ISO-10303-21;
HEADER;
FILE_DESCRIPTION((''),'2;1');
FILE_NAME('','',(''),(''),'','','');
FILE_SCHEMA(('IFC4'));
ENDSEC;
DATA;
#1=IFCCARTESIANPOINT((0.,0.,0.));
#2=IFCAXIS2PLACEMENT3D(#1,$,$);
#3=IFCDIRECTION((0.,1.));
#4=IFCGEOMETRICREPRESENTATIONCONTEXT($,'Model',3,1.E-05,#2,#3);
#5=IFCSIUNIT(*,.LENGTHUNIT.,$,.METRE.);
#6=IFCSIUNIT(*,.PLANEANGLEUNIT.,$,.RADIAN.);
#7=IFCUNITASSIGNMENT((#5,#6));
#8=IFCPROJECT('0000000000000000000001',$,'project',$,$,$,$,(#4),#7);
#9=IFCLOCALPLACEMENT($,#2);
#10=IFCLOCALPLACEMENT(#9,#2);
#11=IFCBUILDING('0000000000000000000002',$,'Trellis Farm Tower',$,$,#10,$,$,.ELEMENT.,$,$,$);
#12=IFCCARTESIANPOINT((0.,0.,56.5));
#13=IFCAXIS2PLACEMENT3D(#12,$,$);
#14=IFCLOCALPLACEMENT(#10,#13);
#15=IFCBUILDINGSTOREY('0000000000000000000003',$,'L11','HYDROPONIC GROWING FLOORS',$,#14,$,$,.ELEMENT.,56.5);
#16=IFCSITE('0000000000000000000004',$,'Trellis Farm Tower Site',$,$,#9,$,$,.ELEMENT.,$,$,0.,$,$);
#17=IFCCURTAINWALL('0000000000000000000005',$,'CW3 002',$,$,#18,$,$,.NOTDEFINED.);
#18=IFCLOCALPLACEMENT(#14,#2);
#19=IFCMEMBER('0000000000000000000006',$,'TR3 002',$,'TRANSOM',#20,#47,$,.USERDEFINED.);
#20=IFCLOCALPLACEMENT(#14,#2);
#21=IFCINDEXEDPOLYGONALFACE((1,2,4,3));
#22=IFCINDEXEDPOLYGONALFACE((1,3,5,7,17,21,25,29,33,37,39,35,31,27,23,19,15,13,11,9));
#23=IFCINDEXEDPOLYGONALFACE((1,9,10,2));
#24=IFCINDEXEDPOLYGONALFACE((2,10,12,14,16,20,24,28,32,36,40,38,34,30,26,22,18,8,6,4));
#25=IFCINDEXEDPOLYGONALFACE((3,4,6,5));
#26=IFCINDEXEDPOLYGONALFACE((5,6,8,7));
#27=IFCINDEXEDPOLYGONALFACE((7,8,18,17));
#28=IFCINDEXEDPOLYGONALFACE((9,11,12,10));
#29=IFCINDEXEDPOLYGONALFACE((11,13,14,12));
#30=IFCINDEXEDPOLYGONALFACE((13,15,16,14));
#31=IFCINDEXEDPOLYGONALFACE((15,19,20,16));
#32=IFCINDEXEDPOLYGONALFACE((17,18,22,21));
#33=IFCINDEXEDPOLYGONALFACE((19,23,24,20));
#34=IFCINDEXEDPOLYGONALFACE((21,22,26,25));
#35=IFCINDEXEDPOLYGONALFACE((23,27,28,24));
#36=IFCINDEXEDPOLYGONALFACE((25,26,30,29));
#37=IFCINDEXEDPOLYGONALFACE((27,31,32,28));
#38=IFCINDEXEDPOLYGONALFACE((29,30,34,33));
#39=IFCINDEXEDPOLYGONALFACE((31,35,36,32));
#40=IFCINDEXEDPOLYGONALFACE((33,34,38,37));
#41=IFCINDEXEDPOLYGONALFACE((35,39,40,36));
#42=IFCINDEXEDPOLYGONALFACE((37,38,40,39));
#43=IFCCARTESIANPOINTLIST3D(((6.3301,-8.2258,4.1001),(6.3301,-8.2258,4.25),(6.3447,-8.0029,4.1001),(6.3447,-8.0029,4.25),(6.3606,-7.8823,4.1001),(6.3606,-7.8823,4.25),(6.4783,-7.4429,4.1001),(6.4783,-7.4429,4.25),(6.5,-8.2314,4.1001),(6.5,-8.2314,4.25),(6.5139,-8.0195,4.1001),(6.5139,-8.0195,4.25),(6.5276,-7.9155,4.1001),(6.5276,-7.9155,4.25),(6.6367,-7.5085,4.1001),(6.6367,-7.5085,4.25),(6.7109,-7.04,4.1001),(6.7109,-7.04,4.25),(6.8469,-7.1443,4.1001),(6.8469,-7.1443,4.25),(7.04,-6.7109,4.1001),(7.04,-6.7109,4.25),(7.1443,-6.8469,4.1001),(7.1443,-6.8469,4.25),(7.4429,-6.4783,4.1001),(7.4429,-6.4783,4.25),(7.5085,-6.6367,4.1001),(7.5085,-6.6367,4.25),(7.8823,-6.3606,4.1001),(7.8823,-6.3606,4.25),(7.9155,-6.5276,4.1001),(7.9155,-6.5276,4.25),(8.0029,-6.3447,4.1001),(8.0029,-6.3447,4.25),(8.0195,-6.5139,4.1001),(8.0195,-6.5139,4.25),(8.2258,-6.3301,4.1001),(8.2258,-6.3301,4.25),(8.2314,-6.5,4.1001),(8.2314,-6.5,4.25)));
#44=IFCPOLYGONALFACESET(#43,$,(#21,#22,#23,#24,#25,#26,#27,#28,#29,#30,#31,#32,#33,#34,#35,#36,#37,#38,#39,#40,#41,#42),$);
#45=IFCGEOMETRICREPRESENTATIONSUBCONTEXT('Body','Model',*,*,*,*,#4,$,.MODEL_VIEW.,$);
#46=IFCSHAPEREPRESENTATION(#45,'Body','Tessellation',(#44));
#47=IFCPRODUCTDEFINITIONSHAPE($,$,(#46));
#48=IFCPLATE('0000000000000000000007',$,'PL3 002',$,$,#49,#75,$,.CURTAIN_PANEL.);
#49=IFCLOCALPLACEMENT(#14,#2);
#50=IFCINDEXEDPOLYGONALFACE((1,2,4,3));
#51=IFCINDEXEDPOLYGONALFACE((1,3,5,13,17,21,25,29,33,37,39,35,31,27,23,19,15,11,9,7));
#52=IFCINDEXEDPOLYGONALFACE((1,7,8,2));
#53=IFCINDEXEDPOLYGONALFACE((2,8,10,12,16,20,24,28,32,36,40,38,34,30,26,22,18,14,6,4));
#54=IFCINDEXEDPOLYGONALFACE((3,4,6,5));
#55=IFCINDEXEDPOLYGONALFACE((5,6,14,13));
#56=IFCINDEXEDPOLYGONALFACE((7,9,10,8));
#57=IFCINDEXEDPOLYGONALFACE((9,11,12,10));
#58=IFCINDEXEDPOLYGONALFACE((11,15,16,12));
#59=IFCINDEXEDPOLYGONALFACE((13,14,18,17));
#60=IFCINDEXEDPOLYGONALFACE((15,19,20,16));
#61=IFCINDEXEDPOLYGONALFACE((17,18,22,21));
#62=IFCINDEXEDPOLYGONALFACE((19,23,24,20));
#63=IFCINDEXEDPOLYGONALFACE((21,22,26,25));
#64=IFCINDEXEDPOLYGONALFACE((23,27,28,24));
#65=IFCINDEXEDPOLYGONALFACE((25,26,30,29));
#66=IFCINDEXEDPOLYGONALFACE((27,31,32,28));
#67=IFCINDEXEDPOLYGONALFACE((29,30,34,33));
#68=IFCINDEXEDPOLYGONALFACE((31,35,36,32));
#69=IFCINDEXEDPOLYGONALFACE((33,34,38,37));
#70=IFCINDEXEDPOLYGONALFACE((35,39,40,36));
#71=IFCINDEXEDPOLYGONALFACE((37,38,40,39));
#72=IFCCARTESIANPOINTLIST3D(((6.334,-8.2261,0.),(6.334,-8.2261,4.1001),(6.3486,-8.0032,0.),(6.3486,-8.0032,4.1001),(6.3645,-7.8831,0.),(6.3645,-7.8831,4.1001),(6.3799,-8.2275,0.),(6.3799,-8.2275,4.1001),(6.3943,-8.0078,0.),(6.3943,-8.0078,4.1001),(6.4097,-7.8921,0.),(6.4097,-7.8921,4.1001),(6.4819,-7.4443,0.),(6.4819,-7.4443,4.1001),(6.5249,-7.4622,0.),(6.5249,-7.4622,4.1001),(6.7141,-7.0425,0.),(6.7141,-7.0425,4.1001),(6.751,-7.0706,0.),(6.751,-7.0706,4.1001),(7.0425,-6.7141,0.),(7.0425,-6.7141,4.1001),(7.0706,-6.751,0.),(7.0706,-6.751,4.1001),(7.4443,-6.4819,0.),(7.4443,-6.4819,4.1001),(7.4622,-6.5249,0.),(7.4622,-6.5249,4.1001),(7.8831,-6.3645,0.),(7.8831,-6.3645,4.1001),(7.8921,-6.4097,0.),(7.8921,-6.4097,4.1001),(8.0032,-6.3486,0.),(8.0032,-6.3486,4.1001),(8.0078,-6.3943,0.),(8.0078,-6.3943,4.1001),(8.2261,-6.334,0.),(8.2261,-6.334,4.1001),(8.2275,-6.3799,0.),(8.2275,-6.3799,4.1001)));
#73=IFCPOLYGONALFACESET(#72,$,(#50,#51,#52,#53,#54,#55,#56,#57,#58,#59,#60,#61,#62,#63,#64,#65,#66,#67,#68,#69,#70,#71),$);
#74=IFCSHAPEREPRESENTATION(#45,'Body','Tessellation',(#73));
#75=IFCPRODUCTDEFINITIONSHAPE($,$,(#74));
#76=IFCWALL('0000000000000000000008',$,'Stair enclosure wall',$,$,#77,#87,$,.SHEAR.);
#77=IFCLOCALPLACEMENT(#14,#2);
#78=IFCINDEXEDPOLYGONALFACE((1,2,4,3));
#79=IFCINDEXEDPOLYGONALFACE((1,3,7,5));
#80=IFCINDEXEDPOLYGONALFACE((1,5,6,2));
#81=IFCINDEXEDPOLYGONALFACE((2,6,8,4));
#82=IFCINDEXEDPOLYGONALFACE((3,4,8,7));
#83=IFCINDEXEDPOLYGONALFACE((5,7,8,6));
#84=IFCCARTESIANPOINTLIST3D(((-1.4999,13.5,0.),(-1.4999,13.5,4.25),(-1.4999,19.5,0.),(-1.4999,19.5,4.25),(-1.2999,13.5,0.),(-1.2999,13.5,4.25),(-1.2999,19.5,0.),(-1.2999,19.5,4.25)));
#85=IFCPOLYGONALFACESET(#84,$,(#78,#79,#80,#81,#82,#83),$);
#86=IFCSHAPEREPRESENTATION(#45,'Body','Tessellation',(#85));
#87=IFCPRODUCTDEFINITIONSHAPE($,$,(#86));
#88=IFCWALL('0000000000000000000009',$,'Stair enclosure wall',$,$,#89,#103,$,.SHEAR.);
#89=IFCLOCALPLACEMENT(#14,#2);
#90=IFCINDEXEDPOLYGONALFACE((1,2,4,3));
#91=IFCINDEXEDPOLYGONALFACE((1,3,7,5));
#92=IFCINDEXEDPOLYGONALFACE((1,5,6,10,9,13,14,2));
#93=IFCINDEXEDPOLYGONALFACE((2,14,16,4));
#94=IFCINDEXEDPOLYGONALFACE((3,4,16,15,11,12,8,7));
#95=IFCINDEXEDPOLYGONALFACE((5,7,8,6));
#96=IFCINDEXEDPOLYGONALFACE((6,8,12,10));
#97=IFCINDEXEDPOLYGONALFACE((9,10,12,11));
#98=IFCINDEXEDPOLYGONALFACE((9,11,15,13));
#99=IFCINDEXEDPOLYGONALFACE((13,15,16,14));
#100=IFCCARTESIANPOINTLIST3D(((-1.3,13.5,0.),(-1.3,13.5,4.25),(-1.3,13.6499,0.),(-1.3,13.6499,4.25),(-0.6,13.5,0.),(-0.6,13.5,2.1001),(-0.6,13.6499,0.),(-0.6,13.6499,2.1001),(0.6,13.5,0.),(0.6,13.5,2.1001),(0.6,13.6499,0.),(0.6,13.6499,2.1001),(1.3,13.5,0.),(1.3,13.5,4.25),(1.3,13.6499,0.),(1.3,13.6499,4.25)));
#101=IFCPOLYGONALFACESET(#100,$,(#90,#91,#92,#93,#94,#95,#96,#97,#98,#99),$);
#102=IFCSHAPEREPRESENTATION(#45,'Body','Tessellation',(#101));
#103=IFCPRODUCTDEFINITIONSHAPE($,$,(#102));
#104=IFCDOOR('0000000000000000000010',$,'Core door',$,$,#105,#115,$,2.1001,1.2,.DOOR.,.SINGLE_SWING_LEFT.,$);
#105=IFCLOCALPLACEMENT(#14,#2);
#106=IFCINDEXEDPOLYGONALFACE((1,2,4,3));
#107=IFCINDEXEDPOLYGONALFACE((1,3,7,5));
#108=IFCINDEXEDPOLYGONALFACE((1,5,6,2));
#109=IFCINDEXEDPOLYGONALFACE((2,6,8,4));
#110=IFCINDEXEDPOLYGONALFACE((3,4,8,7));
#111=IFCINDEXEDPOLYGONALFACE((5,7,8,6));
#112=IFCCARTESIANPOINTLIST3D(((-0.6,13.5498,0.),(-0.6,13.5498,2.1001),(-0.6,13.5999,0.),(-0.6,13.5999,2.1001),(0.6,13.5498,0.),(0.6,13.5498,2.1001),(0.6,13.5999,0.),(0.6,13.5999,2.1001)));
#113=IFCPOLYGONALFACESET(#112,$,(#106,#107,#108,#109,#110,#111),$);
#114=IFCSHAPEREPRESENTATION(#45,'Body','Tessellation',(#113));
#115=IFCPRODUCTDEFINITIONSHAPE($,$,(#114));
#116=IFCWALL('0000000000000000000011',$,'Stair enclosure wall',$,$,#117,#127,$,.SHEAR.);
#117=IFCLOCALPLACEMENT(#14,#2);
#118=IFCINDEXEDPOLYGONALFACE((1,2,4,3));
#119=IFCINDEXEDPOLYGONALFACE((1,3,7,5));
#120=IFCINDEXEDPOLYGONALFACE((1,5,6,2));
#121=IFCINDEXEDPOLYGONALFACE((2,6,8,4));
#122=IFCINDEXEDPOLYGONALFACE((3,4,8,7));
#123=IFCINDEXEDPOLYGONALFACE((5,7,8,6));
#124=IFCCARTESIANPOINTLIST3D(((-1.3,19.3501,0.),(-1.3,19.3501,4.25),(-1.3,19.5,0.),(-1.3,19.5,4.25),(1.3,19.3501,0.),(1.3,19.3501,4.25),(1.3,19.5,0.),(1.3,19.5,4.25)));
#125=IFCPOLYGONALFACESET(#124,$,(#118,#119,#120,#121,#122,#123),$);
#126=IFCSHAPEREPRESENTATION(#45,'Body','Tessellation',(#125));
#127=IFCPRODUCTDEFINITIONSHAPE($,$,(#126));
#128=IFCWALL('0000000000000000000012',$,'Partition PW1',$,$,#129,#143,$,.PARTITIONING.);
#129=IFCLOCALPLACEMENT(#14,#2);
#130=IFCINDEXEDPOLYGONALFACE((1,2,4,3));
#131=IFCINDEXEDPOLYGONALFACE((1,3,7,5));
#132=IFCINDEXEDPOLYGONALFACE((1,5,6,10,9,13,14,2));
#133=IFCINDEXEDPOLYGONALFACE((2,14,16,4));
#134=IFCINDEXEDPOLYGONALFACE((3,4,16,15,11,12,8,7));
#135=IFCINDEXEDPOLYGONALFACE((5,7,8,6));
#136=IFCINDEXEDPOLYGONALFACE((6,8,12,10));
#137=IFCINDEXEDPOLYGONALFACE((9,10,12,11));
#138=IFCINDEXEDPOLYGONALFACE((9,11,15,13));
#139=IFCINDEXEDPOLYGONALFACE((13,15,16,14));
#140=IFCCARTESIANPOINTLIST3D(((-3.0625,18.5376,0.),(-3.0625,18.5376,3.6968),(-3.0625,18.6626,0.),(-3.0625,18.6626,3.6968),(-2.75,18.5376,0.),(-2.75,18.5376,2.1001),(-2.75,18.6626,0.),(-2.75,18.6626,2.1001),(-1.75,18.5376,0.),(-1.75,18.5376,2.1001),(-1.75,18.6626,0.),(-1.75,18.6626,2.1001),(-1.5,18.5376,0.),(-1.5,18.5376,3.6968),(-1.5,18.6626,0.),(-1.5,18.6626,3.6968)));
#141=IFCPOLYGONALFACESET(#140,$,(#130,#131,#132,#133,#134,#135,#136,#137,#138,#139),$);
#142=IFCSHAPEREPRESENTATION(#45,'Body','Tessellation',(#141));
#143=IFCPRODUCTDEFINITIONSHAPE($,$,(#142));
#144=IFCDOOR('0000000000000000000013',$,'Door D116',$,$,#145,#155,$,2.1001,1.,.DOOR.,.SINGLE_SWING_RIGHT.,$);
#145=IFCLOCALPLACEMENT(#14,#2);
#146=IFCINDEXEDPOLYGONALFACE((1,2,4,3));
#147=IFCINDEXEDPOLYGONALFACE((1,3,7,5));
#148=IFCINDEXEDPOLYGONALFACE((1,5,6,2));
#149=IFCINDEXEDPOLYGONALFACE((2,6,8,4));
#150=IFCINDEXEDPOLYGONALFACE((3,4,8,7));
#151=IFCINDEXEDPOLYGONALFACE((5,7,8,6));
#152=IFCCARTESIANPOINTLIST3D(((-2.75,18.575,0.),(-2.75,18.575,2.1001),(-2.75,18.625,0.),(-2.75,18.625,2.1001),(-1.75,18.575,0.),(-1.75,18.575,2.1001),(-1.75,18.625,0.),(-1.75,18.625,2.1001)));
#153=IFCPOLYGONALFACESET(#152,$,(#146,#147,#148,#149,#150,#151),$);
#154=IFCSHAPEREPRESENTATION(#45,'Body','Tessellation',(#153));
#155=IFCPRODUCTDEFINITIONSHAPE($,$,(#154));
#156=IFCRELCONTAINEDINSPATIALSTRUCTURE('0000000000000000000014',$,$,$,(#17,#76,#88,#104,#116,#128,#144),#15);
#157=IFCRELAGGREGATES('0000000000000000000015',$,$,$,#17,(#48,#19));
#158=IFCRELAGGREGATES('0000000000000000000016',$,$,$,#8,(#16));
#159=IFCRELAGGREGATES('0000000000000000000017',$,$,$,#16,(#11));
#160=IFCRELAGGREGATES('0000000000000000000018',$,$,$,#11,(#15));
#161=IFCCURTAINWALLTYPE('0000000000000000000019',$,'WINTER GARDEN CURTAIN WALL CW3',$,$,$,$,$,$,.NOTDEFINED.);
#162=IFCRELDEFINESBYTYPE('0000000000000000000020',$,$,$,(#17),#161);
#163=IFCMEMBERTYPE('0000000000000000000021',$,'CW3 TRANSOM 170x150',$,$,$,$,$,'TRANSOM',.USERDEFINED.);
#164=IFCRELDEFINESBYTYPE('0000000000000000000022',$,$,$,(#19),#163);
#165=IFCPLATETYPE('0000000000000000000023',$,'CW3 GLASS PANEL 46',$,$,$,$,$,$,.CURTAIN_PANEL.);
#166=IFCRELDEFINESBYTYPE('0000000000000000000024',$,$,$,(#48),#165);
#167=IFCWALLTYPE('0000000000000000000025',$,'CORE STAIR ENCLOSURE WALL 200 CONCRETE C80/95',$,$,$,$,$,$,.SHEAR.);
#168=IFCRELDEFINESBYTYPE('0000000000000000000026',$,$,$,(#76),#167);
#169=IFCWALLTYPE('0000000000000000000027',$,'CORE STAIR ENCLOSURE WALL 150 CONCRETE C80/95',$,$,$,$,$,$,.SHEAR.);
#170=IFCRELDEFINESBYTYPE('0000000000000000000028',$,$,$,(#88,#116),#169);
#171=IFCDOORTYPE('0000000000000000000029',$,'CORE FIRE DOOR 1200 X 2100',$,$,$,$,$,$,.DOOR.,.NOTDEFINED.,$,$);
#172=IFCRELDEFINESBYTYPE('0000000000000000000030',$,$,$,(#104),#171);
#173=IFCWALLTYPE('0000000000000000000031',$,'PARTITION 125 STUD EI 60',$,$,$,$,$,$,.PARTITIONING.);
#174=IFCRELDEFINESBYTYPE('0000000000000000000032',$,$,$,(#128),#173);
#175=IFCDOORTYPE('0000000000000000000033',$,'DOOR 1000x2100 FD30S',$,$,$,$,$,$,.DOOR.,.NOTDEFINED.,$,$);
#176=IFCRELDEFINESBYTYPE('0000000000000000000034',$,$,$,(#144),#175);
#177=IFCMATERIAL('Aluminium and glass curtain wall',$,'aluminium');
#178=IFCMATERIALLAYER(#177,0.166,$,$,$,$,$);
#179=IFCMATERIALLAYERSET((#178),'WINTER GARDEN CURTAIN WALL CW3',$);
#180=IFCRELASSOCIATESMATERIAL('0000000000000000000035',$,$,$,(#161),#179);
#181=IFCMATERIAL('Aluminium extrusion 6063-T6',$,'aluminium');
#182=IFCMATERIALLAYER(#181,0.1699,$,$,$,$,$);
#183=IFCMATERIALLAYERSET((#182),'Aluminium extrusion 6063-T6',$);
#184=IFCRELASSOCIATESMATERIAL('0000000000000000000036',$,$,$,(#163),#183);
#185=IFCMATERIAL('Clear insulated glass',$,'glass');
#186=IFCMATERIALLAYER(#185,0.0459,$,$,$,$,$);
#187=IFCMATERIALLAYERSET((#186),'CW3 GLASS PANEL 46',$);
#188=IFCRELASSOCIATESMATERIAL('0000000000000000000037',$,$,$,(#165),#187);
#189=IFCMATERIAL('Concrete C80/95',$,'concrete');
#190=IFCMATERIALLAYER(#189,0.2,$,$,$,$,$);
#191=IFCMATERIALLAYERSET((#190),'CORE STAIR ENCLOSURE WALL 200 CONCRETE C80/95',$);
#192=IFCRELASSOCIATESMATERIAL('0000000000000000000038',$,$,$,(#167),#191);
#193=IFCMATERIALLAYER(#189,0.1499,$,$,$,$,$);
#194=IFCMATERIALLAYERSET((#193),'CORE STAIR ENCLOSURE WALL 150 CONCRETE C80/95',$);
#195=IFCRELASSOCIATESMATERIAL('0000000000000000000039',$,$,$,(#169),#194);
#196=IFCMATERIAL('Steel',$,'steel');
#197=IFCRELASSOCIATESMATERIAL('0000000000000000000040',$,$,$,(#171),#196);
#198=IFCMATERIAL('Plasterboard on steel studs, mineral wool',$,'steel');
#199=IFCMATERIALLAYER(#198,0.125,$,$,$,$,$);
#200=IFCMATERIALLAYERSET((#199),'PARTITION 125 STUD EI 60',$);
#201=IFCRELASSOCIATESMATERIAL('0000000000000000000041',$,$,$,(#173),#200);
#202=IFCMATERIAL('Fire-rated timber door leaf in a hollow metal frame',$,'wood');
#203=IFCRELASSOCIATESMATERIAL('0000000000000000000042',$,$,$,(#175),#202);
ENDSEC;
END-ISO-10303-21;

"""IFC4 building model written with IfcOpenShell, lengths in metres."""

from ifc_helpers import new_model, si_unit, direction, frame, frame_2d, origin, place, context, subcontext, project, spatial, polyline, rectangle, outline, extrude, source, transform, mapped, material, layer, layer_set, type_object, element, fill, aggregate, save


model = new_model("IFC4")

# Units and contexts
model_context = context("Model", 3, precision=1e-05, world=origin(), true_north=direction((0.0, 1.0)))
body_context = subcontext(model_context, "Body", "Model", "MODEL_VIEW")
ifc_project = project(units=[si_unit("LENGTHUNIT", "METRE"), si_unit("PLANEANGLEUNIT", "RADIAN")], contexts=[model_context])

# Site, building, storey
site_placement = place(None, origin())
site = spatial("IfcSite", under=ifc_project, at=site_placement, Name="Trellis Farm Tower Site", CompositionType="ELEMENT", RefElevation=0.0)
building_placement = place(site_placement, origin())
building = spatial("IfcBuilding", under=site, at=building_placement, Name="Trellis Farm Tower", CompositionType="ELEMENT")
storey_placement = place(building_placement, frame((0.0, 0.0, 56.5)))
storey = spatial("IfcBuildingStorey", under=building, at=storey_placement, Name="L11", Description="HYDROPONIC GROWING FLOORS", CompositionType="ELEMENT", Elevation=56.5)

# Shared definitions
ifc_material_1 = material(Name="Concrete C80/95", Category="concrete")

# Shared definitions
ifc_material_2 = material(Name="Aluminium and glass curtain wall", Category="aluminium")
placement = place(storey_placement, origin())
ifc_material_3 = material(Name="Aluminium extrusion 6063-T6", Category="aluminium")

# Curtain wall, member, plate
ifc_layer_1 = layer(ifc_material_2, 0.166)
ifc_layer_set_1 = layer_set([ifc_layer_1], Name="WINTER GARDEN CURTAIN WALL CW3")
curtain_wall_type_1 = type_object("IfcCurtainWallType", Name="WINTER GARDEN CURTAIN WALL CW3", PredefinedType="NOTDEFINED", material=ifc_layer_set_1)
curtain_wall_1 = element("IfcCurtainWall", 1, at=placement, inside=storey, type_object=curtain_wall_type_1, Name="CW3 002", PredefinedType="NOTDEFINED")
ifc_layer_2 = layer(ifc_material_3, 0.1699)
ifc_layer_set_2 = layer_set([ifc_layer_2], Name="Aluminium extrusion 6063-T6")
member_type_1 = type_object("IfcMemberType", Name="CW3 TRANSOM 170x150", ElementType="TRANSOM", PredefinedType="USERDEFINED", material=ifc_layer_set_2)
shared_shape_1 = source(origin(), body_context, "Body", "SweptSolid", [
    extrude(outline(polyline([(6.5, -8.2314), (6.5139, -8.0195), (6.5276, -7.9155), (6.6367, -7.5085), (6.8469, -7.1443), (7.1443, -6.8469), (7.5085, -6.6367), (7.9155, -6.5276), (8.0195, -6.5139), (8.2314, -6.5), (8.2258, -6.3301), (8.0029, -6.3447), (7.8823, -6.3606), (7.4429, -6.4783), (7.04, -6.7109), (6.7109, -7.04), (6.4783, -7.4429), (6.3606, -7.8823), (6.3447, -8.0029), (6.3301, -8.2258), (6.5, -8.2314)])), origin(), (0.0, 0.0, 1.0), 0.1499),
])
member_1_placement = place(storey_placement, frame((0.0, 0.0, 4.1001)))
member_1 = element("IfcMember", 2, at=member_1_placement, type_object=member_type_1, Name="TR3 002", ObjectType="TRANSOM", PredefinedType="USERDEFINED", context=body_context, shape_type="MappedRepresentation", body=[
    mapped(shared_shape_1, transform((0.0, 0.0, 0.0))),
])
ifc_material_4 = material(Name="Clear insulated glass", Category="glass")
ifc_layer_3 = layer(ifc_material_4, 0.0459)
ifc_layer_set_3 = layer_set([ifc_layer_3], Name="CW3 GLASS PANEL 46")
plate_type = type_object("IfcPlateType", Name="CW3 GLASS PANEL 46", PredefinedType="CURTAIN_PANEL", material=ifc_layer_set_3)
shared_shape_2 = source(origin(), body_context, "Body", "SweptSolid", [
    extrude(outline(polyline([(6.3799, -8.2275), (6.3943, -8.0078), (6.4097, -7.8921), (6.5249, -7.4622), (6.751, -7.0706), (7.0706, -6.751), (7.4622, -6.5249), (7.8921, -6.4097), (8.0078, -6.3943), (8.2275, -6.3799), (8.2261, -6.334), (8.0032, -6.3486), (7.8831, -6.3645), (7.4443, -6.4819), (7.0425, -6.7141), (6.7141, -7.0425), (6.4819, -7.4443), (6.3645, -7.8831), (6.3486, -8.0032), (6.334, -8.2261), (6.3799, -8.2275)])), origin(), (0.0, 0.0, 1.0), 4.1001),
])
plate = element("IfcPlate", 3, at=placement, type_object=plate_type, Name="PL3 002", PredefinedType="CURTAIN_PANEL", context=body_context, shape_type="MappedRepresentation", body=[
    mapped(shared_shape_2, transform((0.0, 0.0, 0.0))),
])
aggregate(curtain_wall_1, [plate, member_1])

# Wall
ifc_layer_4 = layer(ifc_material_1, 0.2)
ifc_layer_set_4 = layer_set([ifc_layer_4], Name="CORE STAIR ENCLOSURE WALL 200 CONCRETE C80/95")
wall_type_1 = type_object("IfcWallType", Name="CORE STAIR ENCLOSURE WALL 200 CONCRETE C80/95", PredefinedType="SHEAR", material=ifc_layer_set_4)
shared_shape_3 = source(origin(), body_context, "Body", "SweptSolid", [
    extrude(rectangle(XDim=6.0, YDim=0.2, at=frame_2d((3.0, 0.0))), origin(), (0.0, 0.0, 1.0), 4.25),
])
wall_1_placement = place(storey_placement, frame((-1.3999, 13.5, 0.0), z_axis=(0.0, 0.0, 1.0), x_axis=(0.0, 1.0, 0.0)))
element("IfcWall", 4, at=wall_1_placement, inside=storey, type_object=wall_type_1, Name="Stair enclosure wall", PredefinedType="SHEAR", context=body_context, shape_type="MappedRepresentation", body=[
    mapped(shared_shape_3, transform((0.0, 0.0, 0.0))),
])

# Wall, opening, door
ifc_layer_5 = layer(ifc_material_1, 0.1499)
ifc_layer_set_5 = layer_set([ifc_layer_5], Name="CORE STAIR ENCLOSURE WALL 150 CONCRETE C80/95")
wall_type_2 = type_object("IfcWallType", Name="CORE STAIR ENCLOSURE WALL 150 CONCRETE C80/95", PredefinedType="SHEAR", material=ifc_layer_set_5)
shared_shape_4 = source(origin(), body_context, "Body", "SweptSolid", [
    extrude(rectangle(XDim=2.6001, YDim=0.1499, at=frame_2d((1.3, 0.0))), origin(), (0.0, 0.0, 1.0), 4.25),
])
wall_2_placement = place(storey_placement, frame((-1.3, 13.575, 0.0), z_axis=(0.0, 0.0, 1.0), x_axis=(1.0, 0.0, 0.0)))
wall_2 = element("IfcWall", 5, at=wall_2_placement, inside=storey, type_object=wall_type_2, Name="Stair enclosure wall", PredefinedType="SHEAR", context=body_context, shape_type="MappedRepresentation", body=[
    mapped(shared_shape_4, transform((0.0, 0.0, 0.0))),
])
shared_shape_5 = source(origin(), body_context, "Body", "SweptSolid", [
    extrude(rectangle(XDim=1.2, YDim=2.1001, at=frame_2d((0.6001, 1.05))), frame((0.0, 0.085, 0.0), z_axis=(0.0, -1.0, 0.0), x_axis=(1.0, 0.0, 0.0)), (0.0, 0.0, 1.0), 0.1699),
])
opening_1_placement = place(wall_2_placement, frame((0.7, 0.0, 0.0)))
opening_1 = element("IfcOpeningElement", 6, at=opening_1_placement, cuts=wall_2, PredefinedType="OPENING", context=body_context, shape_type="MappedRepresentation", body=[
    mapped(shared_shape_5, transform((0.0, 0.0, 0.0))),
])
ifc_material_5 = material(Name="Steel", Category="steel")
door_type_1 = type_object("IfcDoorType", Name="CORE FIRE DOOR 1200 X 2100", OperationType="NOTDEFINED", PredefinedType="DOOR", material=ifc_material_5)
shared_shape_6 = source(origin(), body_context, "Body", "SweptSolid", [
    extrude(rectangle(XDim=1.2, YDim=2.1001, at=frame_2d((0.6001, 1.05))), frame((0.0, 0.0249, 0.0), z_axis=(0.0, -1.0, 0.0), x_axis=(1.0, 0.0, 0.0)), (0.0, 0.0, 1.0), 0.05),
])
door_1_placement = place(opening_1_placement, origin())
door_1 = element("IfcDoor", 7, at=door_1_placement, inside=storey, type_object=door_type_1, Name="Core door", OperationType="SINGLE_SWING_LEFT", OverallHeight=2.1001, OverallWidth=1.2, PredefinedType="DOOR", context=body_context, shape_type="MappedRepresentation", body=[
    mapped(shared_shape_6, transform((0.0, 0.0, 0.0))),
])
fill(opening_1, door_1)

# Wall
wall_3_placement = place(storey_placement, frame((-1.3, 19.425, 0.0), z_axis=(0.0, 0.0, 1.0), x_axis=(1.0, 0.0, 0.0)))
element("IfcWall", 8, at=wall_3_placement, inside=storey, type_object=wall_type_2, Name="Stair enclosure wall", PredefinedType="SHEAR", context=body_context, shape_type="MappedRepresentation", body=[
    mapped(shared_shape_4, transform((0.0, 0.0, 0.0))),
])

# Wall, opening, door
ifc_material_6 = material(Name="Plasterboard on steel studs, mineral wool", Category="steel")
ifc_layer_6 = layer(ifc_material_6, 0.125)
ifc_layer_set_6 = layer_set([ifc_layer_6], Name="PARTITION 125 STUD EI 60")
wall_type_3 = type_object("IfcWallType", Name="PARTITION 125 STUD EI 60", PredefinedType="PARTITIONING", material=ifc_layer_set_6)
shared_shape_7 = source(origin(), body_context, "Body", "SweptSolid", [
    extrude(rectangle(XDim=1.5625, YDim=0.125, at=frame_2d((0.7812, 0.0))), origin(), (0.0, 0.0, 1.0), 3.6968),
])
wall_4_placement = place(storey_placement, frame((-3.0625, 18.6001, 0.0), z_axis=(0.0, 0.0, 1.0), x_axis=(1.0, 0.0, 0.0)))
wall_4 = element("IfcWall", 9, at=wall_4_placement, inside=storey, type_object=wall_type_3, Name="Partition PW1", PredefinedType="PARTITIONING", context=body_context, shape_type="MappedRepresentation", body=[
    mapped(shared_shape_7, transform((0.0, 0.0, 0.0))),
])
shared_shape_8 = source(origin(), body_context, "Body", "SweptSolid", [
    extrude(rectangle(XDim=1.0, YDim=2.1001, at=frame_2d((0.5, 1.05))), frame((0.0, 0.0725, 0.0), z_axis=(0.0, -1.0, 0.0), x_axis=(1.0, 0.0, 0.0)), (0.0, 0.0, 1.0), 0.145),
])
opening_2_placement = place(wall_4_placement, frame((0.3125, 0.0, 0.0)))
opening_2 = element("IfcOpeningElement", 10, at=opening_2_placement, cuts=wall_4, PredefinedType="OPENING", context=body_context, shape_type="MappedRepresentation", body=[
    mapped(shared_shape_8, transform((0.0, 0.0, 0.0))),
])
ifc_material_7 = material(Name="Fire-rated timber door leaf in a hollow metal frame", Category="wood")
door_type_2 = type_object("IfcDoorType", Name="DOOR 1000x2100 FD30S", OperationType="NOTDEFINED", PredefinedType="DOOR", material=ifc_material_7)
shared_shape_9 = source(origin(), body_context, "Body", "SweptSolid", [
    extrude(rectangle(XDim=1.0, YDim=2.1001, at=frame_2d((0.5, 1.05))), frame((0.0, 0.0249, 0.0), z_axis=(0.0, -1.0, 0.0), x_axis=(1.0, 0.0, 0.0)), (0.0, 0.0, 1.0), 0.05),
])
door_2_placement = place(opening_2_placement, origin())
door_2 = element("IfcDoor", 11, at=door_2_placement, inside=storey, type_object=door_type_2, Name="Door D116", OperationType="SINGLE_SWING_RIGHT", OverallHeight=2.1001, OverallWidth=1.0, PredefinedType="DOOR", context=body_context, shape_type="MappedRepresentation", body=[
    mapped(shared_shape_9, transform((0.0, 0.0, 0.0))),
])
fill(opening_2, door_2)

save(model, "model.ifc")
